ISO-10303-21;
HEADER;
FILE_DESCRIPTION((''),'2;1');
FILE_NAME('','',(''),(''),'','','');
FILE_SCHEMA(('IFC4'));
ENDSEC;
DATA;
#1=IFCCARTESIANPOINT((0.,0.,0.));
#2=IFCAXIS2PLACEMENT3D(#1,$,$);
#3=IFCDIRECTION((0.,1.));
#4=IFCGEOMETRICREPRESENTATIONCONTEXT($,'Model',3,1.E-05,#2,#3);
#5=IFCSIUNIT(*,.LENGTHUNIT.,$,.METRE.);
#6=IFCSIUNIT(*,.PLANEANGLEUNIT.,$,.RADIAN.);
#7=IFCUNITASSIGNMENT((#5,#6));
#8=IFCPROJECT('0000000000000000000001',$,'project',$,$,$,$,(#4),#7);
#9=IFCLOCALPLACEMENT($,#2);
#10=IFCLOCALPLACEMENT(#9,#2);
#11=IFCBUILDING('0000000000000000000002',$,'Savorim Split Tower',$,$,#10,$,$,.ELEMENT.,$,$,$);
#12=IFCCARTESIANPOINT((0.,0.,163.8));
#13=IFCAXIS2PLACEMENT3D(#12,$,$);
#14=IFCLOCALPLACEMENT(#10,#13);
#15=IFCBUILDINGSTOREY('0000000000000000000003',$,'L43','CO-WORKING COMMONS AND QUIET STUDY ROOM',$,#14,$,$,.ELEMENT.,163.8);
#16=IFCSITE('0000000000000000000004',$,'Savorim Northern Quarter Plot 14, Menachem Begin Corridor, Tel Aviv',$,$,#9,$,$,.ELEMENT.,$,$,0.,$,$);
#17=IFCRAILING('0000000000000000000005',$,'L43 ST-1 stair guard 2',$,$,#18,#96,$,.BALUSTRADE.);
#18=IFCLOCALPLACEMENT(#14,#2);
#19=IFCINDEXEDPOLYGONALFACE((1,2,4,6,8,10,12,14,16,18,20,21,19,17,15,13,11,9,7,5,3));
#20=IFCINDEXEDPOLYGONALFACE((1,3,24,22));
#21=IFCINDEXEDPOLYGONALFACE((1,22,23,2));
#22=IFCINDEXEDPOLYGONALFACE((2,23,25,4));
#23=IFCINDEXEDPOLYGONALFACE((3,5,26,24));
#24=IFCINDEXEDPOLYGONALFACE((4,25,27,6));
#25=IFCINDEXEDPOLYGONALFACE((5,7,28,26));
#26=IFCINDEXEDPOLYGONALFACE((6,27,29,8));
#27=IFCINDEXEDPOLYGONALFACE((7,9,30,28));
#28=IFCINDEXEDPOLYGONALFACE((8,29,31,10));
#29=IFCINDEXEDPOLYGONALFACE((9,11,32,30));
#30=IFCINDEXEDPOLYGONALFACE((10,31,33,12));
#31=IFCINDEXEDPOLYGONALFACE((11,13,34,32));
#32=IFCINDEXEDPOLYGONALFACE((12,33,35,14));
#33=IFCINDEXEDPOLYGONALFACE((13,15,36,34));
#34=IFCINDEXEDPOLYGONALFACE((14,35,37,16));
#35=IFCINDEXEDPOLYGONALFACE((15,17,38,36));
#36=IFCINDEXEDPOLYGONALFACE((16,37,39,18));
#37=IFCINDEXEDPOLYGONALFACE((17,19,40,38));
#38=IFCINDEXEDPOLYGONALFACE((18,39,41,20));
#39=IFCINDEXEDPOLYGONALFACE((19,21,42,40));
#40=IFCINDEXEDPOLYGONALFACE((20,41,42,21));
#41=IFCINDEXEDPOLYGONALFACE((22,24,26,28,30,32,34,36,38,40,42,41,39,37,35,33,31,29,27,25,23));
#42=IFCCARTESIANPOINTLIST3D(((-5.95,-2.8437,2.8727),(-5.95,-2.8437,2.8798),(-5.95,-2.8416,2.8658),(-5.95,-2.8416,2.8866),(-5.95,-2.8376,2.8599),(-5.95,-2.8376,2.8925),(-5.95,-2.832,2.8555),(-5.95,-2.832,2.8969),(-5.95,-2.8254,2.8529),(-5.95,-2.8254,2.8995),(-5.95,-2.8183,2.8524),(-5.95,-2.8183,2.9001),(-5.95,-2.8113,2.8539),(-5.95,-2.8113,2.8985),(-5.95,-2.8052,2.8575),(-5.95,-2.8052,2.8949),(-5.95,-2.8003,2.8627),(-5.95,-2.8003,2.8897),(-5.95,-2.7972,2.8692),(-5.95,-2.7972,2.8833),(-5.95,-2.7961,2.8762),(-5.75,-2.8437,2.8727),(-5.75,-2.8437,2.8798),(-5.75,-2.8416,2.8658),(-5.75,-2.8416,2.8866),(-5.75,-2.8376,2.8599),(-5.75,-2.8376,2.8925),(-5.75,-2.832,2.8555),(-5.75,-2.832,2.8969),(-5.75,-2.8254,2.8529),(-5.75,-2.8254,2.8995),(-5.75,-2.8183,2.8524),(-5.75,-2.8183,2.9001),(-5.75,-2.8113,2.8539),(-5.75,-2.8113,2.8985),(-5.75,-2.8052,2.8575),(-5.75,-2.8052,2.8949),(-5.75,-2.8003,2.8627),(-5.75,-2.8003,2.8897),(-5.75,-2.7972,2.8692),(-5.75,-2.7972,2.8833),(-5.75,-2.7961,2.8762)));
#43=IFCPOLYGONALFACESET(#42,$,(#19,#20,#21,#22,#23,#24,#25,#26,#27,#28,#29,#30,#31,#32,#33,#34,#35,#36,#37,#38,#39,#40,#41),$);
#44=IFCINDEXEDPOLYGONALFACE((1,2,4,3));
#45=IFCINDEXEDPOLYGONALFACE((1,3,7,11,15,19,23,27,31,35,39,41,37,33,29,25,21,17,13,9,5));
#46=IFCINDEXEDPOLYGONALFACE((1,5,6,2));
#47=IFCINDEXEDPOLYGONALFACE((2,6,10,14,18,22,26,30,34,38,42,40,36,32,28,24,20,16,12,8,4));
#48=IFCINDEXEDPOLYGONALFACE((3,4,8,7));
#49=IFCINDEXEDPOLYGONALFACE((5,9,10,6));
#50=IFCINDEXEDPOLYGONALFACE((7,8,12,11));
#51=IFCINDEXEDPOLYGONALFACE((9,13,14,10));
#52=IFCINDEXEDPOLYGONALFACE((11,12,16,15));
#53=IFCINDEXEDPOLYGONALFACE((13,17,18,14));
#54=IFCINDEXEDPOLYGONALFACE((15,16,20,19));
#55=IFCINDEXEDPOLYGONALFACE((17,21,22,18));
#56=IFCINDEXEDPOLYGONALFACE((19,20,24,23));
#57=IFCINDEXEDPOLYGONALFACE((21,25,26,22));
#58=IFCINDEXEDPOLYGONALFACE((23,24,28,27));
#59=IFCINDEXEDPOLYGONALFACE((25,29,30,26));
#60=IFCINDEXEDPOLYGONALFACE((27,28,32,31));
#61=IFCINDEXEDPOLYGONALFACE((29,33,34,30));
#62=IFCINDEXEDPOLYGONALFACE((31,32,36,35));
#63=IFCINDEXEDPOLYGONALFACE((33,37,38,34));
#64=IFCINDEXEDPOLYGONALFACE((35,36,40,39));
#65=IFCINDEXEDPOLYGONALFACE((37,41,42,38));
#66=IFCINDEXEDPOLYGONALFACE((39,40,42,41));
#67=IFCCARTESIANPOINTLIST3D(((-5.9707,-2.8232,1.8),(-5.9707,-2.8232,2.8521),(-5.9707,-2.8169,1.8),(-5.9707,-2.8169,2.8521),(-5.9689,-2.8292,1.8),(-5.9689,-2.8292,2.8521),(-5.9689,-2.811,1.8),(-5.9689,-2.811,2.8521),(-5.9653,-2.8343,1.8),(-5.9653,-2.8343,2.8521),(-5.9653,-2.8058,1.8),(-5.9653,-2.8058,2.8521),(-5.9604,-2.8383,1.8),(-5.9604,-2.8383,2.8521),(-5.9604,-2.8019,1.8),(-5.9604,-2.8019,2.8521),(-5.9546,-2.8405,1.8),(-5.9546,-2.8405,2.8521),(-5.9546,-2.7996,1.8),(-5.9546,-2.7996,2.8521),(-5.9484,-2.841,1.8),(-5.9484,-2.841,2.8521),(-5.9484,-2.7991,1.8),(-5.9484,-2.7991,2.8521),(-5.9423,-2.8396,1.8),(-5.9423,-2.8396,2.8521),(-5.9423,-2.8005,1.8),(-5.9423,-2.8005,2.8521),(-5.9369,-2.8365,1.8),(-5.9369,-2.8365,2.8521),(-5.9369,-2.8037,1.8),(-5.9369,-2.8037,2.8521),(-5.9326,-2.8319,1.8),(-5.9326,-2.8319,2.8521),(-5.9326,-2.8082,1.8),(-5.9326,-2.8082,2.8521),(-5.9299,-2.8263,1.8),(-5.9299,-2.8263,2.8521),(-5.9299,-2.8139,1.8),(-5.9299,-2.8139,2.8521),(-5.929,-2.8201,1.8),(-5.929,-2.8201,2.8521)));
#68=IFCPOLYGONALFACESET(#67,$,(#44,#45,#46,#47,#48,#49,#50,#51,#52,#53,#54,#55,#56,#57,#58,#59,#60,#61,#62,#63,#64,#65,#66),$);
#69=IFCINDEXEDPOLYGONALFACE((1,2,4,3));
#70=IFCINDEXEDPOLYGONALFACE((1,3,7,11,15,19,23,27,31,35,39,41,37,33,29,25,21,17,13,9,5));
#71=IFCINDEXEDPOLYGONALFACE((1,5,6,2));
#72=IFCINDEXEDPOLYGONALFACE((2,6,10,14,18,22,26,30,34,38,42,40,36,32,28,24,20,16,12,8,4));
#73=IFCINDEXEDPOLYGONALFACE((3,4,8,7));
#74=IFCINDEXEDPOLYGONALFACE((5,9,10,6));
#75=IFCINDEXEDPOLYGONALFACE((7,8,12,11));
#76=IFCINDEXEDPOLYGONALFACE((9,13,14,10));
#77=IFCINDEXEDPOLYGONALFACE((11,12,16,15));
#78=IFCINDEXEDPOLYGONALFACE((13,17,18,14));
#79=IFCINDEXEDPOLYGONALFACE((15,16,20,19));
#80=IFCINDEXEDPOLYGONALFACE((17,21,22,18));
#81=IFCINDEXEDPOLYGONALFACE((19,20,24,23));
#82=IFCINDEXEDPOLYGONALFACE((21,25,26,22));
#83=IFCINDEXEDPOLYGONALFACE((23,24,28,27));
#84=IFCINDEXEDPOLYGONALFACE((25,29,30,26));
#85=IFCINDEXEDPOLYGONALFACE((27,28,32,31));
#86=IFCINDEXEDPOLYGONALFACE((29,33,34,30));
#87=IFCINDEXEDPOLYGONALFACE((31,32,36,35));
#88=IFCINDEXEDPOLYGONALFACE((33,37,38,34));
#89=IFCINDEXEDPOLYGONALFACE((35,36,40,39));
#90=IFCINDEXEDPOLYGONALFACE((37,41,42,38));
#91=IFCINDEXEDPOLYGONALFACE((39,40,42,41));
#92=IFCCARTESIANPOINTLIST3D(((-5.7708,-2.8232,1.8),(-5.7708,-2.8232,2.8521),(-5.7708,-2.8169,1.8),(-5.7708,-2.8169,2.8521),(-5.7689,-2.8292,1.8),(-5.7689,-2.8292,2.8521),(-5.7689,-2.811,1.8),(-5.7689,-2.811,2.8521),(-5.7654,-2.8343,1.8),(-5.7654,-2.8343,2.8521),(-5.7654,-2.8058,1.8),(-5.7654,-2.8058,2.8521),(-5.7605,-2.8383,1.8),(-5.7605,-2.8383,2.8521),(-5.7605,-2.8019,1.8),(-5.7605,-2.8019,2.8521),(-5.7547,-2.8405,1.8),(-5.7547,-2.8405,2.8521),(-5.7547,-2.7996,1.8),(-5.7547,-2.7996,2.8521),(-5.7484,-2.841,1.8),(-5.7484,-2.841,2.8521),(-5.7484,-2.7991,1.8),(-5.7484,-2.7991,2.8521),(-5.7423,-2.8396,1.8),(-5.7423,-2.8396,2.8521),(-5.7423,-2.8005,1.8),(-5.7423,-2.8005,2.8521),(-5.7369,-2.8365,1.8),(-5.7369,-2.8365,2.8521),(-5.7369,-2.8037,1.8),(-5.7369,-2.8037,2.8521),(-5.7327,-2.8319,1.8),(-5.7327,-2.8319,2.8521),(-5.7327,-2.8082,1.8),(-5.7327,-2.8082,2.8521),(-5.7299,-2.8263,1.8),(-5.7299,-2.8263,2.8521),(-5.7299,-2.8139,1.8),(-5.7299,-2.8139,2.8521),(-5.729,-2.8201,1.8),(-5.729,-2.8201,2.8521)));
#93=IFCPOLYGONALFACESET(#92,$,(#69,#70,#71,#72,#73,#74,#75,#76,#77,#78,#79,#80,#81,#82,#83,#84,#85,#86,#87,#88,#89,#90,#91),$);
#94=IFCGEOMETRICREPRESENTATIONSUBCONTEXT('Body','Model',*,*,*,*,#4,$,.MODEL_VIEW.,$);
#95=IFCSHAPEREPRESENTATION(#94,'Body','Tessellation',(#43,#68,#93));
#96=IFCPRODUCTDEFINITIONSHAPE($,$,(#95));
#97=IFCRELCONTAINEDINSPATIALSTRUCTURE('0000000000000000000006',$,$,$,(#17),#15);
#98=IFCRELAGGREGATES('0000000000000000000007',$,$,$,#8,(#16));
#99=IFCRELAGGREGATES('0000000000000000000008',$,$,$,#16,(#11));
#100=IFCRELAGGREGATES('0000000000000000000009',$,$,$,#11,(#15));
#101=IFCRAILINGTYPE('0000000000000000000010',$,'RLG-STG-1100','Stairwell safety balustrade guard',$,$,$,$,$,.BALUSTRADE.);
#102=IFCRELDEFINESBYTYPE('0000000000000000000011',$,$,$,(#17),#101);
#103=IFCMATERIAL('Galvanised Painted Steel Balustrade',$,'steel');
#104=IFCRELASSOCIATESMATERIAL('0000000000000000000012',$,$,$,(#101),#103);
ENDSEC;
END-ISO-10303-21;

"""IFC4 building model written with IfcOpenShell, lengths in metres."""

from ifc_helpers import new_model, si_unit, direction, frame, origin, origin_2d, place, context, subcontext, project, spatial, circle, extrude, material, type_object, element, save


model = new_model("IFC4")

# Units and contexts
model_context = context("Model", 3, precision=1e-05, world=origin(), true_north=direction((0.0, 1.0)))
body_context = subcontext(model_context, "Body", "Model", "MODEL_VIEW")
ifc_project = project(units=[si_unit("LENGTHUNIT", "METRE"), si_unit("PLANEANGLEUNIT", "RADIAN")], contexts=[model_context])

# Site, building, storey
site_placement = place(None, origin())
site = spatial("IfcSite", under=ifc_project, at=site_placement, Name="Savorim Northern Quarter Plot 14, Menachem Begin Corridor, Tel Aviv", CompositionType="ELEMENT", RefElevation=0.0)
building_placement = place(site_placement, origin())
building = spatial("IfcBuilding", under=site, at=building_placement, Name="Savorim Split Tower", CompositionType="ELEMENT")
storey_placement = place(building_placement, frame((0.0, 0.0, 163.8)))
storey = spatial("IfcBuildingStorey", under=building, at=storey_placement, Name="L43", Description="CO-WORKING COMMONS AND QUIET STUDY ROOM", CompositionType="ELEMENT", Elevation=163.8)

# Railing
ifc_material_1 = material(Name="Galvanised Painted Steel Balustrade", Category="steel")
railing_type_1 = type_object("IfcRailingType", Name="RLG-STG-1100", Description="Stairwell safety balustrade guard", PredefinedType="BALUSTRADE", material=ifc_material_1)
railing_1_placement = place(storey_placement, frame((-5.95, -2.8201, 1.8)))
element("IfcRailing", 1, at=railing_1_placement, inside=storey, type_object=railing_type_1, Name="L43 ST-1 stair guard 2", PredefinedType="BALUSTRADE", context=body_context, shape_type="SweptSolid", body=[
    extrude(circle(Radius=0.0239, at=origin_2d()), frame((0.0, 0.0, 1.0762), z_axis=(1.0, 0.0, 0.0), x_axis=(0.0, 1.0, 0.0)), (0.0, 0.0, 1.0), 0.2),
    extrude(circle(Radius=0.021, at=origin_2d()), origin(), (0.0, 0.0, 1.0), 1.052),
    extrude(circle(Radius=0.021, at=origin_2d()), frame((0.2, 0.0, 0.0)), (0.0, 0.0, 1.0), 1.052),
])

save(model, "model.ifc")
